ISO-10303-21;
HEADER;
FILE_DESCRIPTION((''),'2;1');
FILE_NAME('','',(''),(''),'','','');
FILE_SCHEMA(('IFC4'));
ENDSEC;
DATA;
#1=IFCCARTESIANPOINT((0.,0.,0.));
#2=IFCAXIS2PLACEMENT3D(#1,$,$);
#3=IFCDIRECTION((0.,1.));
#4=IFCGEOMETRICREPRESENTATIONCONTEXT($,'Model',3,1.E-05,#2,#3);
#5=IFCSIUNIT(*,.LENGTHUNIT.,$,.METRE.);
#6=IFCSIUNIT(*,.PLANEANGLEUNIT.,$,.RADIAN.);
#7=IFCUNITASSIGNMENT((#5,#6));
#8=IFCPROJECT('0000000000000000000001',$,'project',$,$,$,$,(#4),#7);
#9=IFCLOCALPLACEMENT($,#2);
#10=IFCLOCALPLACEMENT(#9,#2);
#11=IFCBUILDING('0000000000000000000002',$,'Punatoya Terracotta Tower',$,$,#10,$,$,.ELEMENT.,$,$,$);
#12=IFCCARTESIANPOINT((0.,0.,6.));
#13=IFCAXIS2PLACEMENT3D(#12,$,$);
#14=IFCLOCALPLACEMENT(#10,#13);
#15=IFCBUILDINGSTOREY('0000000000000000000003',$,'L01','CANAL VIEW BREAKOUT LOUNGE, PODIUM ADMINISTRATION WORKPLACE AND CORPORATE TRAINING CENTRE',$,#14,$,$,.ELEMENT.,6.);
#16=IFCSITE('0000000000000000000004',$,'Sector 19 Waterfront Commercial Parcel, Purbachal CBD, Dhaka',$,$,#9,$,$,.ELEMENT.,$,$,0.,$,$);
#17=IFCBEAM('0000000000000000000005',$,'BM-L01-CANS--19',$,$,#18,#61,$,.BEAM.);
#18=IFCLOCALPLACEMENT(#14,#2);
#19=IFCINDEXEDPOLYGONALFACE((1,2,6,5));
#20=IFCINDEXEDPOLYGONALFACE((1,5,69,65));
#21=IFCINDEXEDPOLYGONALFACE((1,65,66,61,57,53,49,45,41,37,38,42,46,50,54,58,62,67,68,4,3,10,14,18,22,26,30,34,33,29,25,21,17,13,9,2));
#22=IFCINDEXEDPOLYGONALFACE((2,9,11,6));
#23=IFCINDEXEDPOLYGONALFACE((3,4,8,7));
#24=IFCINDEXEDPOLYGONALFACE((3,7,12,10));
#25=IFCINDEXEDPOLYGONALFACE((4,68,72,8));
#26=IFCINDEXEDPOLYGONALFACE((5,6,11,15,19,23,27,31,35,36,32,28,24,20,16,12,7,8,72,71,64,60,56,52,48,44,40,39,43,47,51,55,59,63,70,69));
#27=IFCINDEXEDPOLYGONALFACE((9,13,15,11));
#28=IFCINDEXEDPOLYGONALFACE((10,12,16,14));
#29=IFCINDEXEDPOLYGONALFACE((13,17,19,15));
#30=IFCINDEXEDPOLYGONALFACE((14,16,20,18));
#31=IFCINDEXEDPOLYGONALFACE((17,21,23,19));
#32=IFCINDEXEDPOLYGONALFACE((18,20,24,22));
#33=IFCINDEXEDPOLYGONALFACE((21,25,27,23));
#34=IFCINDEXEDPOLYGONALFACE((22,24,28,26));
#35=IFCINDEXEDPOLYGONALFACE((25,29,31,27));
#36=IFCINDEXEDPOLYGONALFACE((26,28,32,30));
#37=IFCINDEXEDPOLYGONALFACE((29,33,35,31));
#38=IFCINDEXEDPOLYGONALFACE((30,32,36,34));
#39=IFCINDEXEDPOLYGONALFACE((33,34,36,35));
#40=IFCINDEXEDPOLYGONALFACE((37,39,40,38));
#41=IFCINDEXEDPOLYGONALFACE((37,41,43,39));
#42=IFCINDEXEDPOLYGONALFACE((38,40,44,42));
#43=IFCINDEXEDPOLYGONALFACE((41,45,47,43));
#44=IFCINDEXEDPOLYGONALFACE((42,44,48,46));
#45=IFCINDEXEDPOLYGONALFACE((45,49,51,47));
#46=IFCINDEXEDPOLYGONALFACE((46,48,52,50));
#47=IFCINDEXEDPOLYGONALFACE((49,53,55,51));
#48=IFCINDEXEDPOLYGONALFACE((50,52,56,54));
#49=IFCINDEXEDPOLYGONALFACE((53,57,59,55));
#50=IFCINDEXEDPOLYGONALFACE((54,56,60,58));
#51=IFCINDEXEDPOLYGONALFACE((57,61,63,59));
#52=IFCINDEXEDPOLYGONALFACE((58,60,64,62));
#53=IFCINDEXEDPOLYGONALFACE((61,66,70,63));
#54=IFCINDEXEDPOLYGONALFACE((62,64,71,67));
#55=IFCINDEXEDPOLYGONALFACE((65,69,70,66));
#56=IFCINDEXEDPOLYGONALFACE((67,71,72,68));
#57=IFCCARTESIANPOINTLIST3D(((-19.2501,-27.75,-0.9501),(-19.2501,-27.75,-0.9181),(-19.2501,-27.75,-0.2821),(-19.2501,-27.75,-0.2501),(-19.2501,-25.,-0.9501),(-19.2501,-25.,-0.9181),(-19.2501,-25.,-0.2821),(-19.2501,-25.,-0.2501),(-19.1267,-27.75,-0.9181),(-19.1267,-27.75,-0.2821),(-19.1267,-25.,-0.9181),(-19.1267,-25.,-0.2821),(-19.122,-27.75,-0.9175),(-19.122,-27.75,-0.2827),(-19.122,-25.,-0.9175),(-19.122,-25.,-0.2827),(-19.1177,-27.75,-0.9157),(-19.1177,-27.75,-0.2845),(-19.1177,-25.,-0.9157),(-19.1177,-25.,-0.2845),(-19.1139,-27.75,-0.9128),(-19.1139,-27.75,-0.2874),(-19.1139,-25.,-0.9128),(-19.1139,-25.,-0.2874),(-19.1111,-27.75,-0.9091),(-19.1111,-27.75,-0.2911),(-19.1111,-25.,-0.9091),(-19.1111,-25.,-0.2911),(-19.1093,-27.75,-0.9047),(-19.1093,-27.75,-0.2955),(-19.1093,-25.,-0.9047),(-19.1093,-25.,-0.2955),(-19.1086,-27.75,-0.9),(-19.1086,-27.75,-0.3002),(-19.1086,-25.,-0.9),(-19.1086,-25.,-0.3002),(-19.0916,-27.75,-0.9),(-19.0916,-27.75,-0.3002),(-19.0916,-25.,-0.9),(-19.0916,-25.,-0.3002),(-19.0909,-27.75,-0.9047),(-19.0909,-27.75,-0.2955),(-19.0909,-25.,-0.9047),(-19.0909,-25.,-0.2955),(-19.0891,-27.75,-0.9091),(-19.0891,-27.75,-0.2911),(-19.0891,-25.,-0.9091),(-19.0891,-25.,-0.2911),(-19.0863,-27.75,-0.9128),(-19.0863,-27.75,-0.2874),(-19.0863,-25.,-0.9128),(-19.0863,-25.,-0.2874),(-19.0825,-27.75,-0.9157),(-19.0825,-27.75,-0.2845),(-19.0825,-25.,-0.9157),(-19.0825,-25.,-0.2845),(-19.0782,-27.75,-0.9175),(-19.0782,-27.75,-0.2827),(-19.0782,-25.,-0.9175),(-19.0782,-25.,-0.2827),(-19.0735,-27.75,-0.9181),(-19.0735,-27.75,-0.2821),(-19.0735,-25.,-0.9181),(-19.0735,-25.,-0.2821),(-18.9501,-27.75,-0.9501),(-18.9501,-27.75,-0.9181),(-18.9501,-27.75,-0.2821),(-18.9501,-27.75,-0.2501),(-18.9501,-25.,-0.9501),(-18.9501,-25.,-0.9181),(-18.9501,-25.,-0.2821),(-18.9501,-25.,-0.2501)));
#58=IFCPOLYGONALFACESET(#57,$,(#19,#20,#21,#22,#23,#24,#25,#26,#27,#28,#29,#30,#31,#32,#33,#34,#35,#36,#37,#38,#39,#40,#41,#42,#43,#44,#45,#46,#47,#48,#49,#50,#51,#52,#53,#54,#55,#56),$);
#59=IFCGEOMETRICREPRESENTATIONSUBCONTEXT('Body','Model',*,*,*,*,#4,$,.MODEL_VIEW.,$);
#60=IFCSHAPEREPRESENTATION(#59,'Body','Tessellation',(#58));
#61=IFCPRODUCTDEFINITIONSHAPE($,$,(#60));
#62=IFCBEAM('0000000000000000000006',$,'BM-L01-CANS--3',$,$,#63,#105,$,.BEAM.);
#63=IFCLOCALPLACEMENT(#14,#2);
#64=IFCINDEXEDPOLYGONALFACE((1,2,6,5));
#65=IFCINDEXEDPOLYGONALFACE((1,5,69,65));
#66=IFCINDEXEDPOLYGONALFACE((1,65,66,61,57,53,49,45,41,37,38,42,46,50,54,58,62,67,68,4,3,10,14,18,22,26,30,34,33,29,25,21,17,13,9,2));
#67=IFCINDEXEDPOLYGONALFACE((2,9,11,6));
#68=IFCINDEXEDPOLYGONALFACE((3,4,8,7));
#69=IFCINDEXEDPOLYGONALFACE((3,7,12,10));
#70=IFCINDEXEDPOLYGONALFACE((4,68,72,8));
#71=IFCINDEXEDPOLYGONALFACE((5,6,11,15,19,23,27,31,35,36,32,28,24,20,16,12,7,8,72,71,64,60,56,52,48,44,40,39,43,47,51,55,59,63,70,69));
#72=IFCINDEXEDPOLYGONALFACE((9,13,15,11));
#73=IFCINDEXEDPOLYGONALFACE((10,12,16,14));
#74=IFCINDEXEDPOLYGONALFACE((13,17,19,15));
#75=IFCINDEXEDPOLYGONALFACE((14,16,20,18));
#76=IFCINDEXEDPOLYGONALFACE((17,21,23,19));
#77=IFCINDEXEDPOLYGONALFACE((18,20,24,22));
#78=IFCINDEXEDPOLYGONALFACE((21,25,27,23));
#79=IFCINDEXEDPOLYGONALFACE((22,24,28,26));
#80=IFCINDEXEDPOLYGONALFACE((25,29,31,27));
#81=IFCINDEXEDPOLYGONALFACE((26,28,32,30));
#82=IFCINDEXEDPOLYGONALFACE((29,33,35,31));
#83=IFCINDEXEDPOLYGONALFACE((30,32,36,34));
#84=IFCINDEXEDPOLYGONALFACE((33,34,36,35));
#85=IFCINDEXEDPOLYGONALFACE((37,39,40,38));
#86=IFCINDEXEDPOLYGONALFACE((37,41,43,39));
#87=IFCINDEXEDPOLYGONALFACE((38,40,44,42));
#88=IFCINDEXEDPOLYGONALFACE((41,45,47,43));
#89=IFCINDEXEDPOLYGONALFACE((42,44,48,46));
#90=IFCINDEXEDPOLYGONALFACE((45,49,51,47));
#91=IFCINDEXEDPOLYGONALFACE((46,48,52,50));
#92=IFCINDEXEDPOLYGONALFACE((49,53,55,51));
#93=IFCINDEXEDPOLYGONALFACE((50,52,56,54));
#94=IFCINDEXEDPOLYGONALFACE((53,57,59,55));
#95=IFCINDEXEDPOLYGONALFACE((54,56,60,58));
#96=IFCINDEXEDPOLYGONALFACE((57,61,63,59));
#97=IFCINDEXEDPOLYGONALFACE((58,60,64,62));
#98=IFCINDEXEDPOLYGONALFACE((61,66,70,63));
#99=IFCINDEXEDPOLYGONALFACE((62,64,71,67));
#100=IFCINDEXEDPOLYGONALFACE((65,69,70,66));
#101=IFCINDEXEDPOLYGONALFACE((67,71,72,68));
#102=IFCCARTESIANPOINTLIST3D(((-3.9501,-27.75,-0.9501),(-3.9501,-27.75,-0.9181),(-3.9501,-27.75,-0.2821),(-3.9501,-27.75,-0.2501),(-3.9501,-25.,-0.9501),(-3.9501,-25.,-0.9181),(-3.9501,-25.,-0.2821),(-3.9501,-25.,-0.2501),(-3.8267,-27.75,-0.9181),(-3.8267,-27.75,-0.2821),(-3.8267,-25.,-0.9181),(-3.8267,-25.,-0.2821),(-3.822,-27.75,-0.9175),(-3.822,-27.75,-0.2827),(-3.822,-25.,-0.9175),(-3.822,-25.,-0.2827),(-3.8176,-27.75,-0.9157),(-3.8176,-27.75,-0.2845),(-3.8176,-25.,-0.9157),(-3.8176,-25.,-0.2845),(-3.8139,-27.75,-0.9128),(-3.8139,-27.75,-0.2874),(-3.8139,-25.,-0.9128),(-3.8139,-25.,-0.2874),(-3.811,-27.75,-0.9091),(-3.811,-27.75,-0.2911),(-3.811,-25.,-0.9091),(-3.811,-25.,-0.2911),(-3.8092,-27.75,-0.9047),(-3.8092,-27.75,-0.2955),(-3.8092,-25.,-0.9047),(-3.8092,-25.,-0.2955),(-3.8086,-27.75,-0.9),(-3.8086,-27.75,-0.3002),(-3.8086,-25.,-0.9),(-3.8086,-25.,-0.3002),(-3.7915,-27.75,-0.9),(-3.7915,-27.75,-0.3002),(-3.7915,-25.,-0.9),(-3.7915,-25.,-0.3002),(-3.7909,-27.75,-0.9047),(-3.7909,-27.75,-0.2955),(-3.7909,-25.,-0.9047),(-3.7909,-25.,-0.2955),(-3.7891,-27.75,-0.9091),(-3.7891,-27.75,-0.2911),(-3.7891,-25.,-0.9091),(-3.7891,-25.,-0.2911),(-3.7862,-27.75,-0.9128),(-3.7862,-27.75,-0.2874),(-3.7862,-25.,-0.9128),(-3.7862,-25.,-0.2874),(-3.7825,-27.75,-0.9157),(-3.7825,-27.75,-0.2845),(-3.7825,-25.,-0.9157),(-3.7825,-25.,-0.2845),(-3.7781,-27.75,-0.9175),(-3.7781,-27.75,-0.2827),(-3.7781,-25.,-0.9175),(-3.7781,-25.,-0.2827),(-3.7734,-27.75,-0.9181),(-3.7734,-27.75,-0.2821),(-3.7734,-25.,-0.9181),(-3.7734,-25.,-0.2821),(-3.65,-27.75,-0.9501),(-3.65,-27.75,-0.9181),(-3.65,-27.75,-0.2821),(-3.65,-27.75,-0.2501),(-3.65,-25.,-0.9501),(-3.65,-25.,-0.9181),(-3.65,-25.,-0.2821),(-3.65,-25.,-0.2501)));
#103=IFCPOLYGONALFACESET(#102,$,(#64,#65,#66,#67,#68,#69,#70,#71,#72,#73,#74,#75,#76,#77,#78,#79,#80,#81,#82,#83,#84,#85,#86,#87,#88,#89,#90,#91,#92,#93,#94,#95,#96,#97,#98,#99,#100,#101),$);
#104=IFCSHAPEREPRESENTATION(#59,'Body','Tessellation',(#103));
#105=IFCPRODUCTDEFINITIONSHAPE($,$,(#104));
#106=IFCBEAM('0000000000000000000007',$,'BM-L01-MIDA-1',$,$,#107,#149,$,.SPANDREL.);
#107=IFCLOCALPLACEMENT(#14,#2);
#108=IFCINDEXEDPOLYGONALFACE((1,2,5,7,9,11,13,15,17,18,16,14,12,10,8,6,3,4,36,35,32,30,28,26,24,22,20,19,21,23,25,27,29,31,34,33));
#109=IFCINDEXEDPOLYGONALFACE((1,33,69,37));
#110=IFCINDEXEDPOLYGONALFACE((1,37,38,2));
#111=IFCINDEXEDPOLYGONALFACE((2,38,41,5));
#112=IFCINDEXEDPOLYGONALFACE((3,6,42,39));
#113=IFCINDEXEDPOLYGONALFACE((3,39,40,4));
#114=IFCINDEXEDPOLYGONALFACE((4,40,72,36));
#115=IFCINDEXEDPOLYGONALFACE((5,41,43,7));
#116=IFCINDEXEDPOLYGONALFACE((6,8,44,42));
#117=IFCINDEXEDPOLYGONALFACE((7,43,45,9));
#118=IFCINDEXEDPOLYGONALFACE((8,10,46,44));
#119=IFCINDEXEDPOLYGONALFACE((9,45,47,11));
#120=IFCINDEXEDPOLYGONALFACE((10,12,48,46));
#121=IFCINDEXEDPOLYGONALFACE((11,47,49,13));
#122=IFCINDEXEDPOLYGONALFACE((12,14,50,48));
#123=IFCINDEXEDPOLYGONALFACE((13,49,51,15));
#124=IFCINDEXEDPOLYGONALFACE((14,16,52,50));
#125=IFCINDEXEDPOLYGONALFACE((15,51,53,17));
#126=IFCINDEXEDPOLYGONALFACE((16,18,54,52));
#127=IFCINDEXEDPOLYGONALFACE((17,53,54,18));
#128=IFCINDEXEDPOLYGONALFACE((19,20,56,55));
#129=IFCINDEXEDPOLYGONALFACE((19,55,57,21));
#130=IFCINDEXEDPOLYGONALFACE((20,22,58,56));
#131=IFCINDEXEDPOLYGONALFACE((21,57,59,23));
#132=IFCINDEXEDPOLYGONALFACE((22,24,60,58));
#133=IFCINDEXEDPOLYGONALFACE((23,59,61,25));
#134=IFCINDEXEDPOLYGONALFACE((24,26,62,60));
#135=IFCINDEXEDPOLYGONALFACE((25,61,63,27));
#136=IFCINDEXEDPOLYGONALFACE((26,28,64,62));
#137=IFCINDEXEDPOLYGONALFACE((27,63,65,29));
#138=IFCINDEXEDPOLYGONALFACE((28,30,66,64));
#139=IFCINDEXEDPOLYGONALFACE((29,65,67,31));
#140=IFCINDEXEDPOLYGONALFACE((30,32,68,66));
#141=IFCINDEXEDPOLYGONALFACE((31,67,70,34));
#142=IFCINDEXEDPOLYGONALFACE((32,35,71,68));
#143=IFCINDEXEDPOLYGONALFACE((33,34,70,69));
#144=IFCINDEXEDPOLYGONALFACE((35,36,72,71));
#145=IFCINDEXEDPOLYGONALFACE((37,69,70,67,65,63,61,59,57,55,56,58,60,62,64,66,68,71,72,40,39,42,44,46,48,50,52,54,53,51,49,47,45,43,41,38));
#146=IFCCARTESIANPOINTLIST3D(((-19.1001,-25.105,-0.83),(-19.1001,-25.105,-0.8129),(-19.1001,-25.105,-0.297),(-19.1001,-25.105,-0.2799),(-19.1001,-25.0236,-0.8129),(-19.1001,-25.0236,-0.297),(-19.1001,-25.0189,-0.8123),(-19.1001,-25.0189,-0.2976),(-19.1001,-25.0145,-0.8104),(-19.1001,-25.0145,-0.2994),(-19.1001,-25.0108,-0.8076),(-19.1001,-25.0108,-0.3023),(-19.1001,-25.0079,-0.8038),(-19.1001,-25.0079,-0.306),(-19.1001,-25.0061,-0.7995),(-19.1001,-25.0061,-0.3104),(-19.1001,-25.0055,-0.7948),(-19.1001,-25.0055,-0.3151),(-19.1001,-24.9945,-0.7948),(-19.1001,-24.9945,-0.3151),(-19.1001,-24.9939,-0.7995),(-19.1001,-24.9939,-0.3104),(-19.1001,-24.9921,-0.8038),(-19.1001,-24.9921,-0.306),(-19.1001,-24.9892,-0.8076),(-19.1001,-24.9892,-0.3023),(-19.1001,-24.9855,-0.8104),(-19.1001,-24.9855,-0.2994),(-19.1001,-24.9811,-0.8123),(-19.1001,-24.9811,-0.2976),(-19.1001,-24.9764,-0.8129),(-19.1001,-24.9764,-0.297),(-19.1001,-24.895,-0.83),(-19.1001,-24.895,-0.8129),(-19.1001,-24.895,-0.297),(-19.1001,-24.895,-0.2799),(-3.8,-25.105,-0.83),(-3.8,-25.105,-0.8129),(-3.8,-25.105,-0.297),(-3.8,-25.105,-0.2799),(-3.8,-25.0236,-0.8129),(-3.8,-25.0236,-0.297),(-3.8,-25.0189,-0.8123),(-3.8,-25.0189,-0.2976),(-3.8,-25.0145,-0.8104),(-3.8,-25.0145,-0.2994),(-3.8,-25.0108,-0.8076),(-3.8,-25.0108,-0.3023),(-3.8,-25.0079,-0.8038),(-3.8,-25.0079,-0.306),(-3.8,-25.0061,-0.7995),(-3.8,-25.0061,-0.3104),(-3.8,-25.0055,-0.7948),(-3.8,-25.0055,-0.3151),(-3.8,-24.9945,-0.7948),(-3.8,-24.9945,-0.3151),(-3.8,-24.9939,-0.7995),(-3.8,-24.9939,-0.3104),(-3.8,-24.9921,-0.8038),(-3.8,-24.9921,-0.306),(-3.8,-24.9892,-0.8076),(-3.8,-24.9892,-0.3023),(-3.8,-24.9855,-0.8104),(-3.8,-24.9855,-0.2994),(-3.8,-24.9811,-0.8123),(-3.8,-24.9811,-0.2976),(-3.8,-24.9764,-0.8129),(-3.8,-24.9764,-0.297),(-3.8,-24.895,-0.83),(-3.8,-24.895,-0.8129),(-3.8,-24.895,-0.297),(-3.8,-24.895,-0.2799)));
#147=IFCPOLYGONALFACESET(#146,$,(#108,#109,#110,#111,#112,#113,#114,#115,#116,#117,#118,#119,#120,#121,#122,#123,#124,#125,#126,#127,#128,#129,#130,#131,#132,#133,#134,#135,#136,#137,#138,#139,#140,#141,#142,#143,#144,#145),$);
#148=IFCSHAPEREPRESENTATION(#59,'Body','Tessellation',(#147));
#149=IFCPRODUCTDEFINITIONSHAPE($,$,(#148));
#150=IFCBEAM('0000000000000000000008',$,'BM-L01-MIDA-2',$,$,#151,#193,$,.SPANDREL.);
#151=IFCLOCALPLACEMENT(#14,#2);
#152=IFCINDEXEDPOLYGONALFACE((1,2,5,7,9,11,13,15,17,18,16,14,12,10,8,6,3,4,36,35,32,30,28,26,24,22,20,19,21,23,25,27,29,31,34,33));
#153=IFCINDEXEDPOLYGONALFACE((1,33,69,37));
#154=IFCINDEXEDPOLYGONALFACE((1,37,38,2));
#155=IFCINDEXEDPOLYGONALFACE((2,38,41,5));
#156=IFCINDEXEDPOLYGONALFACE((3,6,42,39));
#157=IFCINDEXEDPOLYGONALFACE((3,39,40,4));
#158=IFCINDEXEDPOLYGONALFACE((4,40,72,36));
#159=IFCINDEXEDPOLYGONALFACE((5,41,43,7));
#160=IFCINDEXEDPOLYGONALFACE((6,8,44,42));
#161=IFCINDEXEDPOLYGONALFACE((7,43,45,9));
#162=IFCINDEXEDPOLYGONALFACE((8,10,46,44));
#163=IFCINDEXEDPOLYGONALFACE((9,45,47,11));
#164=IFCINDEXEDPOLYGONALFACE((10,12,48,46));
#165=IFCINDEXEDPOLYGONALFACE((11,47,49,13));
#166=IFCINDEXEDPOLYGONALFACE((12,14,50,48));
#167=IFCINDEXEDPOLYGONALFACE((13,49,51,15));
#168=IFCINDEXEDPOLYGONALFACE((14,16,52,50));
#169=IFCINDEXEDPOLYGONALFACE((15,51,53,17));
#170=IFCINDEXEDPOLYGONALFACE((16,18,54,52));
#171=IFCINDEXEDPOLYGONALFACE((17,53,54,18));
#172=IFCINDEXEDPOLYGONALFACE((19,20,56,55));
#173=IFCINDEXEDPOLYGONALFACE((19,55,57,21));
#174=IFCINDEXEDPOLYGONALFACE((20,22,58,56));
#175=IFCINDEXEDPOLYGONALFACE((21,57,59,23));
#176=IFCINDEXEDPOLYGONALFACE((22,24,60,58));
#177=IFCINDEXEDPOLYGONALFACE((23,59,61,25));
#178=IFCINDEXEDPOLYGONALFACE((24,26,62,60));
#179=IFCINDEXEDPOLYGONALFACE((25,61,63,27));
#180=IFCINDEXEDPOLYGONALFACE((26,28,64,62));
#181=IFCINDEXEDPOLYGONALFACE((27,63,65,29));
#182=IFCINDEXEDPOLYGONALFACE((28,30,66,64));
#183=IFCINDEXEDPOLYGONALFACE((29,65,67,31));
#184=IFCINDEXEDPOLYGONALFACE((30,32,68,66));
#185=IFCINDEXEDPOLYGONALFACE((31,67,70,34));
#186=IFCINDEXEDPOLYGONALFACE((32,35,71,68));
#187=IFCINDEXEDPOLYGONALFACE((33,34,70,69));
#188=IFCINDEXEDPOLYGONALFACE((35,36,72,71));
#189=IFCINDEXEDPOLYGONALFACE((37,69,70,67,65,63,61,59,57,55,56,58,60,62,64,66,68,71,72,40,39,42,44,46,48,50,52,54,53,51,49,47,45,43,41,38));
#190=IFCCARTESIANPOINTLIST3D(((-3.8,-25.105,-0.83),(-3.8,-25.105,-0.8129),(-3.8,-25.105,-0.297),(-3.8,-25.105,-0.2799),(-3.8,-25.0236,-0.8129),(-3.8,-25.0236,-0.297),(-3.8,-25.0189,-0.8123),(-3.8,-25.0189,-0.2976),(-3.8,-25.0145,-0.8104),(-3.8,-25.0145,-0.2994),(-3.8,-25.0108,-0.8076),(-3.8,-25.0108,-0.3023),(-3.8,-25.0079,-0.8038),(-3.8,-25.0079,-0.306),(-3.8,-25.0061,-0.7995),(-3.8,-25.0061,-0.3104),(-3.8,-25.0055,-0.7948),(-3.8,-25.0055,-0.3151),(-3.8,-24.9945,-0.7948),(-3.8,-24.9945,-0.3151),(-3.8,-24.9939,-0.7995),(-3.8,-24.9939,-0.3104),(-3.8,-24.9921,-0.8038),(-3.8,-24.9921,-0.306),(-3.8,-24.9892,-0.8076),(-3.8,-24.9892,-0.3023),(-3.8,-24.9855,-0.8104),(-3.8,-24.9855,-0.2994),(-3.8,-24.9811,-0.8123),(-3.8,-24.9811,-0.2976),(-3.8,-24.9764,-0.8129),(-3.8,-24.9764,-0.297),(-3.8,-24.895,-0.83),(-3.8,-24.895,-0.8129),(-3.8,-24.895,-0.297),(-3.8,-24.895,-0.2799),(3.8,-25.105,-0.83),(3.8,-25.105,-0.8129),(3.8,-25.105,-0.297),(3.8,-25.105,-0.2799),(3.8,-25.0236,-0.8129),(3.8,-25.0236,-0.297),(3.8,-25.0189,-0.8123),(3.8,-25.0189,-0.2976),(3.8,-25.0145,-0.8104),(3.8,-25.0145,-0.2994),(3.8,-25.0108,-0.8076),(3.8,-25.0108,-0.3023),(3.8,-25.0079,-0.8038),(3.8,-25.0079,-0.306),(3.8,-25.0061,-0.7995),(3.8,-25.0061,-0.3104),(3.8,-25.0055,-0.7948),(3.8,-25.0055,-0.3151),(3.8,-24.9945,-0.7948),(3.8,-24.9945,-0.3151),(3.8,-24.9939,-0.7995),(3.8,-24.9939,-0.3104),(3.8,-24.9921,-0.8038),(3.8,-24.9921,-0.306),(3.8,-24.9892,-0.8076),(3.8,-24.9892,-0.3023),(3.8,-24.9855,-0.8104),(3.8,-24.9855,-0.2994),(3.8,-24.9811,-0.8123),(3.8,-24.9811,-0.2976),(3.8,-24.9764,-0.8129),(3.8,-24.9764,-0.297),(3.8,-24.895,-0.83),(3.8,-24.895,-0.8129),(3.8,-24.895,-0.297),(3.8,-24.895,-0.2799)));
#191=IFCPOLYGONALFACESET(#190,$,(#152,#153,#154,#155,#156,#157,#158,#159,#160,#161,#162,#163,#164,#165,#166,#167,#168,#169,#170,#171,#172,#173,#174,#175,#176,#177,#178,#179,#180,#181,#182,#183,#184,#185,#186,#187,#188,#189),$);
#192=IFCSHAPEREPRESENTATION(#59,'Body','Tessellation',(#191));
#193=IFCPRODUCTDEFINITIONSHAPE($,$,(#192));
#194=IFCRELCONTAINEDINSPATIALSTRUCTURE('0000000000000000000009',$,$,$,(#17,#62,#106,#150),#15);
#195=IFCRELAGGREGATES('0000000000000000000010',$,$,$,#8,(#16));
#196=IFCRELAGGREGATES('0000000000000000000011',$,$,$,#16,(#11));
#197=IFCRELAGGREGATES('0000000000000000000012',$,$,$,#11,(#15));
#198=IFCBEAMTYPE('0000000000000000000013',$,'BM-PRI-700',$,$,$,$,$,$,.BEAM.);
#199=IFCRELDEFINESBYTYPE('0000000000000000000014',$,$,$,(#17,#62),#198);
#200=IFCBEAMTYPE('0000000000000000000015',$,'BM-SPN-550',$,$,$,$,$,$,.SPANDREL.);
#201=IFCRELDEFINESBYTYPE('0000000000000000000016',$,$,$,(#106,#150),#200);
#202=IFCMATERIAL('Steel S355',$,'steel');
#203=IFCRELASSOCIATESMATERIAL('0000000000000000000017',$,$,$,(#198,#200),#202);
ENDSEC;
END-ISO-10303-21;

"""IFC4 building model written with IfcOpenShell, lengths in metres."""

from ifc_helpers import new_model, si_unit, direction, frame, origin, origin_2d, place, context, subcontext, project, spatial, i_section, extrude, material, material_profile, profile_set, type_object, element, save


model = new_model("IFC4")

# Units and contexts
model_context = context("Model", 3, precision=1e-05, world=origin(), true_north=direction((0.0, 1.0)))
body_context = subcontext(model_context, "Body", "Model", "MODEL_VIEW")
ifc_project = project(units=[si_unit("LENGTHUNIT", "METRE"), si_unit("PLANEANGLEUNIT", "RADIAN")], contexts=[model_context])

# Site, building, storey
site_placement = place(None, origin())
site = spatial("IfcSite", under=ifc_project, at=site_placement, Name="Sector 19 Waterfront Commercial Parcel, Purbachal CBD, Dhaka", CompositionType="ELEMENT", RefElevation=0.0)
building_placement = place(site_placement, origin())
building = spatial("IfcBuilding", under=site, at=building_placement, Name="Punatoya Terracotta Tower", CompositionType="ELEMENT")
storey_placement = place(building_placement, frame((0.0, 0.0, 6.0)))
storey = spatial("IfcBuildingStorey", under=building, at=storey_placement, Name="L01", Description="CANAL VIEW BREAKOUT LOUNGE, PODIUM ADMINISTRATION WORKPLACE AND CORPORATE TRAINING CENTRE", CompositionType="ELEMENT", Elevation=6.0)

# Beams
ifc_material_1 = material(Name="Steel S355", Category="steel")
ifc_material_profile_1 = material_profile(ifc_material_1, i_section(OverallWidth=0.3, OverallDepth=0.7, WebThickness=0.0171, FlangeThickness=0.032, FilletRadius=0.0181, at=origin_2d()))
ifc_profile_set_1 = profile_set([ifc_material_profile_1], Name="Steel S355")
beam_type_1 = type_object("IfcBeamType", Name="BM-PRI-700", PredefinedType="BEAM", material=ifc_profile_set_1)
for number, where, z_axis, x_axis, name in (
    (1, (-19.1001, -27.75, -0.6001), (0.0, 1.0, 0.0), (-1.0, 0.0, 0.0), "BM-L01-CANS--19"),
    (2, (-3.8, -27.75, -0.6001), (0.0, 1.0, 0.0), (-1.0, 0.0, 0.0), "BM-L01-CANS--3"),
):
    element("IfcBeam", number, at=place(storey_placement, frame(where, z_axis=z_axis, x_axis=x_axis)), inside=storey, type_object=beam_type_1, Name=name, PredefinedType="BEAM", context=body_context, shape_type="SweptSolid", body=[
        extrude(i_section(OverallWidth=0.3, OverallDepth=0.7, WebThickness=0.0171, FlangeThickness=0.032, FilletRadius=0.0181, at=origin_2d()), origin(), (0.0, 0.0, 1.0), 2.75),
    ])
ifc_material_profile_2 = material_profile(ifc_material_1, i_section(OverallWidth=0.21, OverallDepth=0.55, WebThickness=0.011, FlangeThickness=0.0171, FilletRadius=0.0181, at=origin_2d()))
ifc_profile_set_2 = profile_set([ifc_material_profile_2], Name="Steel S355")
beam_type_2 = type_object("IfcBeamType", Name="BM-SPN-550", PredefinedType="SPANDREL", material=ifc_profile_set_2)
beam_1_placement = place(storey_placement, frame((-19.1001, -25.0, -0.5549), z_axis=(1.0, 0.0, 0.0), x_axis=(0.0, 1.0, 0.0)))
element("IfcBeam", 3, at=beam_1_placement, inside=storey, type_object=beam_type_2, Name="BM-L01-MIDA-1", PredefinedType="SPANDREL", context=body_context, shape_type="SweptSolid", body=[
    extrude(i_section(OverallWidth=0.21, OverallDepth=0.55, WebThickness=0.011, FlangeThickness=0.0171, FilletRadius=0.0181, at=origin_2d()), origin(), (0.0, 0.0, 1.0), 15.3),
])
beam_2_placement = place(storey_placement, frame((-3.8, -25.0, -0.5549), z_axis=(1.0, 0.0, 0.0), x_axis=(0.0, 1.0, 0.0)))
element("IfcBeam", 4, at=beam_2_placement, inside=storey, type_object=beam_type_2, Name="BM-L01-MIDA-2", PredefinedType="SPANDREL", context=body_context, shape_type="SweptSolid", body=[
    extrude(i_section(OverallWidth=0.21, OverallDepth=0.55, WebThickness=0.011, FlangeThickness=0.0171, FilletRadius=0.0181, at=origin_2d()), origin(), (0.0, 0.0, 1.0), 7.6001),
])

save(model, "model.ifc")
